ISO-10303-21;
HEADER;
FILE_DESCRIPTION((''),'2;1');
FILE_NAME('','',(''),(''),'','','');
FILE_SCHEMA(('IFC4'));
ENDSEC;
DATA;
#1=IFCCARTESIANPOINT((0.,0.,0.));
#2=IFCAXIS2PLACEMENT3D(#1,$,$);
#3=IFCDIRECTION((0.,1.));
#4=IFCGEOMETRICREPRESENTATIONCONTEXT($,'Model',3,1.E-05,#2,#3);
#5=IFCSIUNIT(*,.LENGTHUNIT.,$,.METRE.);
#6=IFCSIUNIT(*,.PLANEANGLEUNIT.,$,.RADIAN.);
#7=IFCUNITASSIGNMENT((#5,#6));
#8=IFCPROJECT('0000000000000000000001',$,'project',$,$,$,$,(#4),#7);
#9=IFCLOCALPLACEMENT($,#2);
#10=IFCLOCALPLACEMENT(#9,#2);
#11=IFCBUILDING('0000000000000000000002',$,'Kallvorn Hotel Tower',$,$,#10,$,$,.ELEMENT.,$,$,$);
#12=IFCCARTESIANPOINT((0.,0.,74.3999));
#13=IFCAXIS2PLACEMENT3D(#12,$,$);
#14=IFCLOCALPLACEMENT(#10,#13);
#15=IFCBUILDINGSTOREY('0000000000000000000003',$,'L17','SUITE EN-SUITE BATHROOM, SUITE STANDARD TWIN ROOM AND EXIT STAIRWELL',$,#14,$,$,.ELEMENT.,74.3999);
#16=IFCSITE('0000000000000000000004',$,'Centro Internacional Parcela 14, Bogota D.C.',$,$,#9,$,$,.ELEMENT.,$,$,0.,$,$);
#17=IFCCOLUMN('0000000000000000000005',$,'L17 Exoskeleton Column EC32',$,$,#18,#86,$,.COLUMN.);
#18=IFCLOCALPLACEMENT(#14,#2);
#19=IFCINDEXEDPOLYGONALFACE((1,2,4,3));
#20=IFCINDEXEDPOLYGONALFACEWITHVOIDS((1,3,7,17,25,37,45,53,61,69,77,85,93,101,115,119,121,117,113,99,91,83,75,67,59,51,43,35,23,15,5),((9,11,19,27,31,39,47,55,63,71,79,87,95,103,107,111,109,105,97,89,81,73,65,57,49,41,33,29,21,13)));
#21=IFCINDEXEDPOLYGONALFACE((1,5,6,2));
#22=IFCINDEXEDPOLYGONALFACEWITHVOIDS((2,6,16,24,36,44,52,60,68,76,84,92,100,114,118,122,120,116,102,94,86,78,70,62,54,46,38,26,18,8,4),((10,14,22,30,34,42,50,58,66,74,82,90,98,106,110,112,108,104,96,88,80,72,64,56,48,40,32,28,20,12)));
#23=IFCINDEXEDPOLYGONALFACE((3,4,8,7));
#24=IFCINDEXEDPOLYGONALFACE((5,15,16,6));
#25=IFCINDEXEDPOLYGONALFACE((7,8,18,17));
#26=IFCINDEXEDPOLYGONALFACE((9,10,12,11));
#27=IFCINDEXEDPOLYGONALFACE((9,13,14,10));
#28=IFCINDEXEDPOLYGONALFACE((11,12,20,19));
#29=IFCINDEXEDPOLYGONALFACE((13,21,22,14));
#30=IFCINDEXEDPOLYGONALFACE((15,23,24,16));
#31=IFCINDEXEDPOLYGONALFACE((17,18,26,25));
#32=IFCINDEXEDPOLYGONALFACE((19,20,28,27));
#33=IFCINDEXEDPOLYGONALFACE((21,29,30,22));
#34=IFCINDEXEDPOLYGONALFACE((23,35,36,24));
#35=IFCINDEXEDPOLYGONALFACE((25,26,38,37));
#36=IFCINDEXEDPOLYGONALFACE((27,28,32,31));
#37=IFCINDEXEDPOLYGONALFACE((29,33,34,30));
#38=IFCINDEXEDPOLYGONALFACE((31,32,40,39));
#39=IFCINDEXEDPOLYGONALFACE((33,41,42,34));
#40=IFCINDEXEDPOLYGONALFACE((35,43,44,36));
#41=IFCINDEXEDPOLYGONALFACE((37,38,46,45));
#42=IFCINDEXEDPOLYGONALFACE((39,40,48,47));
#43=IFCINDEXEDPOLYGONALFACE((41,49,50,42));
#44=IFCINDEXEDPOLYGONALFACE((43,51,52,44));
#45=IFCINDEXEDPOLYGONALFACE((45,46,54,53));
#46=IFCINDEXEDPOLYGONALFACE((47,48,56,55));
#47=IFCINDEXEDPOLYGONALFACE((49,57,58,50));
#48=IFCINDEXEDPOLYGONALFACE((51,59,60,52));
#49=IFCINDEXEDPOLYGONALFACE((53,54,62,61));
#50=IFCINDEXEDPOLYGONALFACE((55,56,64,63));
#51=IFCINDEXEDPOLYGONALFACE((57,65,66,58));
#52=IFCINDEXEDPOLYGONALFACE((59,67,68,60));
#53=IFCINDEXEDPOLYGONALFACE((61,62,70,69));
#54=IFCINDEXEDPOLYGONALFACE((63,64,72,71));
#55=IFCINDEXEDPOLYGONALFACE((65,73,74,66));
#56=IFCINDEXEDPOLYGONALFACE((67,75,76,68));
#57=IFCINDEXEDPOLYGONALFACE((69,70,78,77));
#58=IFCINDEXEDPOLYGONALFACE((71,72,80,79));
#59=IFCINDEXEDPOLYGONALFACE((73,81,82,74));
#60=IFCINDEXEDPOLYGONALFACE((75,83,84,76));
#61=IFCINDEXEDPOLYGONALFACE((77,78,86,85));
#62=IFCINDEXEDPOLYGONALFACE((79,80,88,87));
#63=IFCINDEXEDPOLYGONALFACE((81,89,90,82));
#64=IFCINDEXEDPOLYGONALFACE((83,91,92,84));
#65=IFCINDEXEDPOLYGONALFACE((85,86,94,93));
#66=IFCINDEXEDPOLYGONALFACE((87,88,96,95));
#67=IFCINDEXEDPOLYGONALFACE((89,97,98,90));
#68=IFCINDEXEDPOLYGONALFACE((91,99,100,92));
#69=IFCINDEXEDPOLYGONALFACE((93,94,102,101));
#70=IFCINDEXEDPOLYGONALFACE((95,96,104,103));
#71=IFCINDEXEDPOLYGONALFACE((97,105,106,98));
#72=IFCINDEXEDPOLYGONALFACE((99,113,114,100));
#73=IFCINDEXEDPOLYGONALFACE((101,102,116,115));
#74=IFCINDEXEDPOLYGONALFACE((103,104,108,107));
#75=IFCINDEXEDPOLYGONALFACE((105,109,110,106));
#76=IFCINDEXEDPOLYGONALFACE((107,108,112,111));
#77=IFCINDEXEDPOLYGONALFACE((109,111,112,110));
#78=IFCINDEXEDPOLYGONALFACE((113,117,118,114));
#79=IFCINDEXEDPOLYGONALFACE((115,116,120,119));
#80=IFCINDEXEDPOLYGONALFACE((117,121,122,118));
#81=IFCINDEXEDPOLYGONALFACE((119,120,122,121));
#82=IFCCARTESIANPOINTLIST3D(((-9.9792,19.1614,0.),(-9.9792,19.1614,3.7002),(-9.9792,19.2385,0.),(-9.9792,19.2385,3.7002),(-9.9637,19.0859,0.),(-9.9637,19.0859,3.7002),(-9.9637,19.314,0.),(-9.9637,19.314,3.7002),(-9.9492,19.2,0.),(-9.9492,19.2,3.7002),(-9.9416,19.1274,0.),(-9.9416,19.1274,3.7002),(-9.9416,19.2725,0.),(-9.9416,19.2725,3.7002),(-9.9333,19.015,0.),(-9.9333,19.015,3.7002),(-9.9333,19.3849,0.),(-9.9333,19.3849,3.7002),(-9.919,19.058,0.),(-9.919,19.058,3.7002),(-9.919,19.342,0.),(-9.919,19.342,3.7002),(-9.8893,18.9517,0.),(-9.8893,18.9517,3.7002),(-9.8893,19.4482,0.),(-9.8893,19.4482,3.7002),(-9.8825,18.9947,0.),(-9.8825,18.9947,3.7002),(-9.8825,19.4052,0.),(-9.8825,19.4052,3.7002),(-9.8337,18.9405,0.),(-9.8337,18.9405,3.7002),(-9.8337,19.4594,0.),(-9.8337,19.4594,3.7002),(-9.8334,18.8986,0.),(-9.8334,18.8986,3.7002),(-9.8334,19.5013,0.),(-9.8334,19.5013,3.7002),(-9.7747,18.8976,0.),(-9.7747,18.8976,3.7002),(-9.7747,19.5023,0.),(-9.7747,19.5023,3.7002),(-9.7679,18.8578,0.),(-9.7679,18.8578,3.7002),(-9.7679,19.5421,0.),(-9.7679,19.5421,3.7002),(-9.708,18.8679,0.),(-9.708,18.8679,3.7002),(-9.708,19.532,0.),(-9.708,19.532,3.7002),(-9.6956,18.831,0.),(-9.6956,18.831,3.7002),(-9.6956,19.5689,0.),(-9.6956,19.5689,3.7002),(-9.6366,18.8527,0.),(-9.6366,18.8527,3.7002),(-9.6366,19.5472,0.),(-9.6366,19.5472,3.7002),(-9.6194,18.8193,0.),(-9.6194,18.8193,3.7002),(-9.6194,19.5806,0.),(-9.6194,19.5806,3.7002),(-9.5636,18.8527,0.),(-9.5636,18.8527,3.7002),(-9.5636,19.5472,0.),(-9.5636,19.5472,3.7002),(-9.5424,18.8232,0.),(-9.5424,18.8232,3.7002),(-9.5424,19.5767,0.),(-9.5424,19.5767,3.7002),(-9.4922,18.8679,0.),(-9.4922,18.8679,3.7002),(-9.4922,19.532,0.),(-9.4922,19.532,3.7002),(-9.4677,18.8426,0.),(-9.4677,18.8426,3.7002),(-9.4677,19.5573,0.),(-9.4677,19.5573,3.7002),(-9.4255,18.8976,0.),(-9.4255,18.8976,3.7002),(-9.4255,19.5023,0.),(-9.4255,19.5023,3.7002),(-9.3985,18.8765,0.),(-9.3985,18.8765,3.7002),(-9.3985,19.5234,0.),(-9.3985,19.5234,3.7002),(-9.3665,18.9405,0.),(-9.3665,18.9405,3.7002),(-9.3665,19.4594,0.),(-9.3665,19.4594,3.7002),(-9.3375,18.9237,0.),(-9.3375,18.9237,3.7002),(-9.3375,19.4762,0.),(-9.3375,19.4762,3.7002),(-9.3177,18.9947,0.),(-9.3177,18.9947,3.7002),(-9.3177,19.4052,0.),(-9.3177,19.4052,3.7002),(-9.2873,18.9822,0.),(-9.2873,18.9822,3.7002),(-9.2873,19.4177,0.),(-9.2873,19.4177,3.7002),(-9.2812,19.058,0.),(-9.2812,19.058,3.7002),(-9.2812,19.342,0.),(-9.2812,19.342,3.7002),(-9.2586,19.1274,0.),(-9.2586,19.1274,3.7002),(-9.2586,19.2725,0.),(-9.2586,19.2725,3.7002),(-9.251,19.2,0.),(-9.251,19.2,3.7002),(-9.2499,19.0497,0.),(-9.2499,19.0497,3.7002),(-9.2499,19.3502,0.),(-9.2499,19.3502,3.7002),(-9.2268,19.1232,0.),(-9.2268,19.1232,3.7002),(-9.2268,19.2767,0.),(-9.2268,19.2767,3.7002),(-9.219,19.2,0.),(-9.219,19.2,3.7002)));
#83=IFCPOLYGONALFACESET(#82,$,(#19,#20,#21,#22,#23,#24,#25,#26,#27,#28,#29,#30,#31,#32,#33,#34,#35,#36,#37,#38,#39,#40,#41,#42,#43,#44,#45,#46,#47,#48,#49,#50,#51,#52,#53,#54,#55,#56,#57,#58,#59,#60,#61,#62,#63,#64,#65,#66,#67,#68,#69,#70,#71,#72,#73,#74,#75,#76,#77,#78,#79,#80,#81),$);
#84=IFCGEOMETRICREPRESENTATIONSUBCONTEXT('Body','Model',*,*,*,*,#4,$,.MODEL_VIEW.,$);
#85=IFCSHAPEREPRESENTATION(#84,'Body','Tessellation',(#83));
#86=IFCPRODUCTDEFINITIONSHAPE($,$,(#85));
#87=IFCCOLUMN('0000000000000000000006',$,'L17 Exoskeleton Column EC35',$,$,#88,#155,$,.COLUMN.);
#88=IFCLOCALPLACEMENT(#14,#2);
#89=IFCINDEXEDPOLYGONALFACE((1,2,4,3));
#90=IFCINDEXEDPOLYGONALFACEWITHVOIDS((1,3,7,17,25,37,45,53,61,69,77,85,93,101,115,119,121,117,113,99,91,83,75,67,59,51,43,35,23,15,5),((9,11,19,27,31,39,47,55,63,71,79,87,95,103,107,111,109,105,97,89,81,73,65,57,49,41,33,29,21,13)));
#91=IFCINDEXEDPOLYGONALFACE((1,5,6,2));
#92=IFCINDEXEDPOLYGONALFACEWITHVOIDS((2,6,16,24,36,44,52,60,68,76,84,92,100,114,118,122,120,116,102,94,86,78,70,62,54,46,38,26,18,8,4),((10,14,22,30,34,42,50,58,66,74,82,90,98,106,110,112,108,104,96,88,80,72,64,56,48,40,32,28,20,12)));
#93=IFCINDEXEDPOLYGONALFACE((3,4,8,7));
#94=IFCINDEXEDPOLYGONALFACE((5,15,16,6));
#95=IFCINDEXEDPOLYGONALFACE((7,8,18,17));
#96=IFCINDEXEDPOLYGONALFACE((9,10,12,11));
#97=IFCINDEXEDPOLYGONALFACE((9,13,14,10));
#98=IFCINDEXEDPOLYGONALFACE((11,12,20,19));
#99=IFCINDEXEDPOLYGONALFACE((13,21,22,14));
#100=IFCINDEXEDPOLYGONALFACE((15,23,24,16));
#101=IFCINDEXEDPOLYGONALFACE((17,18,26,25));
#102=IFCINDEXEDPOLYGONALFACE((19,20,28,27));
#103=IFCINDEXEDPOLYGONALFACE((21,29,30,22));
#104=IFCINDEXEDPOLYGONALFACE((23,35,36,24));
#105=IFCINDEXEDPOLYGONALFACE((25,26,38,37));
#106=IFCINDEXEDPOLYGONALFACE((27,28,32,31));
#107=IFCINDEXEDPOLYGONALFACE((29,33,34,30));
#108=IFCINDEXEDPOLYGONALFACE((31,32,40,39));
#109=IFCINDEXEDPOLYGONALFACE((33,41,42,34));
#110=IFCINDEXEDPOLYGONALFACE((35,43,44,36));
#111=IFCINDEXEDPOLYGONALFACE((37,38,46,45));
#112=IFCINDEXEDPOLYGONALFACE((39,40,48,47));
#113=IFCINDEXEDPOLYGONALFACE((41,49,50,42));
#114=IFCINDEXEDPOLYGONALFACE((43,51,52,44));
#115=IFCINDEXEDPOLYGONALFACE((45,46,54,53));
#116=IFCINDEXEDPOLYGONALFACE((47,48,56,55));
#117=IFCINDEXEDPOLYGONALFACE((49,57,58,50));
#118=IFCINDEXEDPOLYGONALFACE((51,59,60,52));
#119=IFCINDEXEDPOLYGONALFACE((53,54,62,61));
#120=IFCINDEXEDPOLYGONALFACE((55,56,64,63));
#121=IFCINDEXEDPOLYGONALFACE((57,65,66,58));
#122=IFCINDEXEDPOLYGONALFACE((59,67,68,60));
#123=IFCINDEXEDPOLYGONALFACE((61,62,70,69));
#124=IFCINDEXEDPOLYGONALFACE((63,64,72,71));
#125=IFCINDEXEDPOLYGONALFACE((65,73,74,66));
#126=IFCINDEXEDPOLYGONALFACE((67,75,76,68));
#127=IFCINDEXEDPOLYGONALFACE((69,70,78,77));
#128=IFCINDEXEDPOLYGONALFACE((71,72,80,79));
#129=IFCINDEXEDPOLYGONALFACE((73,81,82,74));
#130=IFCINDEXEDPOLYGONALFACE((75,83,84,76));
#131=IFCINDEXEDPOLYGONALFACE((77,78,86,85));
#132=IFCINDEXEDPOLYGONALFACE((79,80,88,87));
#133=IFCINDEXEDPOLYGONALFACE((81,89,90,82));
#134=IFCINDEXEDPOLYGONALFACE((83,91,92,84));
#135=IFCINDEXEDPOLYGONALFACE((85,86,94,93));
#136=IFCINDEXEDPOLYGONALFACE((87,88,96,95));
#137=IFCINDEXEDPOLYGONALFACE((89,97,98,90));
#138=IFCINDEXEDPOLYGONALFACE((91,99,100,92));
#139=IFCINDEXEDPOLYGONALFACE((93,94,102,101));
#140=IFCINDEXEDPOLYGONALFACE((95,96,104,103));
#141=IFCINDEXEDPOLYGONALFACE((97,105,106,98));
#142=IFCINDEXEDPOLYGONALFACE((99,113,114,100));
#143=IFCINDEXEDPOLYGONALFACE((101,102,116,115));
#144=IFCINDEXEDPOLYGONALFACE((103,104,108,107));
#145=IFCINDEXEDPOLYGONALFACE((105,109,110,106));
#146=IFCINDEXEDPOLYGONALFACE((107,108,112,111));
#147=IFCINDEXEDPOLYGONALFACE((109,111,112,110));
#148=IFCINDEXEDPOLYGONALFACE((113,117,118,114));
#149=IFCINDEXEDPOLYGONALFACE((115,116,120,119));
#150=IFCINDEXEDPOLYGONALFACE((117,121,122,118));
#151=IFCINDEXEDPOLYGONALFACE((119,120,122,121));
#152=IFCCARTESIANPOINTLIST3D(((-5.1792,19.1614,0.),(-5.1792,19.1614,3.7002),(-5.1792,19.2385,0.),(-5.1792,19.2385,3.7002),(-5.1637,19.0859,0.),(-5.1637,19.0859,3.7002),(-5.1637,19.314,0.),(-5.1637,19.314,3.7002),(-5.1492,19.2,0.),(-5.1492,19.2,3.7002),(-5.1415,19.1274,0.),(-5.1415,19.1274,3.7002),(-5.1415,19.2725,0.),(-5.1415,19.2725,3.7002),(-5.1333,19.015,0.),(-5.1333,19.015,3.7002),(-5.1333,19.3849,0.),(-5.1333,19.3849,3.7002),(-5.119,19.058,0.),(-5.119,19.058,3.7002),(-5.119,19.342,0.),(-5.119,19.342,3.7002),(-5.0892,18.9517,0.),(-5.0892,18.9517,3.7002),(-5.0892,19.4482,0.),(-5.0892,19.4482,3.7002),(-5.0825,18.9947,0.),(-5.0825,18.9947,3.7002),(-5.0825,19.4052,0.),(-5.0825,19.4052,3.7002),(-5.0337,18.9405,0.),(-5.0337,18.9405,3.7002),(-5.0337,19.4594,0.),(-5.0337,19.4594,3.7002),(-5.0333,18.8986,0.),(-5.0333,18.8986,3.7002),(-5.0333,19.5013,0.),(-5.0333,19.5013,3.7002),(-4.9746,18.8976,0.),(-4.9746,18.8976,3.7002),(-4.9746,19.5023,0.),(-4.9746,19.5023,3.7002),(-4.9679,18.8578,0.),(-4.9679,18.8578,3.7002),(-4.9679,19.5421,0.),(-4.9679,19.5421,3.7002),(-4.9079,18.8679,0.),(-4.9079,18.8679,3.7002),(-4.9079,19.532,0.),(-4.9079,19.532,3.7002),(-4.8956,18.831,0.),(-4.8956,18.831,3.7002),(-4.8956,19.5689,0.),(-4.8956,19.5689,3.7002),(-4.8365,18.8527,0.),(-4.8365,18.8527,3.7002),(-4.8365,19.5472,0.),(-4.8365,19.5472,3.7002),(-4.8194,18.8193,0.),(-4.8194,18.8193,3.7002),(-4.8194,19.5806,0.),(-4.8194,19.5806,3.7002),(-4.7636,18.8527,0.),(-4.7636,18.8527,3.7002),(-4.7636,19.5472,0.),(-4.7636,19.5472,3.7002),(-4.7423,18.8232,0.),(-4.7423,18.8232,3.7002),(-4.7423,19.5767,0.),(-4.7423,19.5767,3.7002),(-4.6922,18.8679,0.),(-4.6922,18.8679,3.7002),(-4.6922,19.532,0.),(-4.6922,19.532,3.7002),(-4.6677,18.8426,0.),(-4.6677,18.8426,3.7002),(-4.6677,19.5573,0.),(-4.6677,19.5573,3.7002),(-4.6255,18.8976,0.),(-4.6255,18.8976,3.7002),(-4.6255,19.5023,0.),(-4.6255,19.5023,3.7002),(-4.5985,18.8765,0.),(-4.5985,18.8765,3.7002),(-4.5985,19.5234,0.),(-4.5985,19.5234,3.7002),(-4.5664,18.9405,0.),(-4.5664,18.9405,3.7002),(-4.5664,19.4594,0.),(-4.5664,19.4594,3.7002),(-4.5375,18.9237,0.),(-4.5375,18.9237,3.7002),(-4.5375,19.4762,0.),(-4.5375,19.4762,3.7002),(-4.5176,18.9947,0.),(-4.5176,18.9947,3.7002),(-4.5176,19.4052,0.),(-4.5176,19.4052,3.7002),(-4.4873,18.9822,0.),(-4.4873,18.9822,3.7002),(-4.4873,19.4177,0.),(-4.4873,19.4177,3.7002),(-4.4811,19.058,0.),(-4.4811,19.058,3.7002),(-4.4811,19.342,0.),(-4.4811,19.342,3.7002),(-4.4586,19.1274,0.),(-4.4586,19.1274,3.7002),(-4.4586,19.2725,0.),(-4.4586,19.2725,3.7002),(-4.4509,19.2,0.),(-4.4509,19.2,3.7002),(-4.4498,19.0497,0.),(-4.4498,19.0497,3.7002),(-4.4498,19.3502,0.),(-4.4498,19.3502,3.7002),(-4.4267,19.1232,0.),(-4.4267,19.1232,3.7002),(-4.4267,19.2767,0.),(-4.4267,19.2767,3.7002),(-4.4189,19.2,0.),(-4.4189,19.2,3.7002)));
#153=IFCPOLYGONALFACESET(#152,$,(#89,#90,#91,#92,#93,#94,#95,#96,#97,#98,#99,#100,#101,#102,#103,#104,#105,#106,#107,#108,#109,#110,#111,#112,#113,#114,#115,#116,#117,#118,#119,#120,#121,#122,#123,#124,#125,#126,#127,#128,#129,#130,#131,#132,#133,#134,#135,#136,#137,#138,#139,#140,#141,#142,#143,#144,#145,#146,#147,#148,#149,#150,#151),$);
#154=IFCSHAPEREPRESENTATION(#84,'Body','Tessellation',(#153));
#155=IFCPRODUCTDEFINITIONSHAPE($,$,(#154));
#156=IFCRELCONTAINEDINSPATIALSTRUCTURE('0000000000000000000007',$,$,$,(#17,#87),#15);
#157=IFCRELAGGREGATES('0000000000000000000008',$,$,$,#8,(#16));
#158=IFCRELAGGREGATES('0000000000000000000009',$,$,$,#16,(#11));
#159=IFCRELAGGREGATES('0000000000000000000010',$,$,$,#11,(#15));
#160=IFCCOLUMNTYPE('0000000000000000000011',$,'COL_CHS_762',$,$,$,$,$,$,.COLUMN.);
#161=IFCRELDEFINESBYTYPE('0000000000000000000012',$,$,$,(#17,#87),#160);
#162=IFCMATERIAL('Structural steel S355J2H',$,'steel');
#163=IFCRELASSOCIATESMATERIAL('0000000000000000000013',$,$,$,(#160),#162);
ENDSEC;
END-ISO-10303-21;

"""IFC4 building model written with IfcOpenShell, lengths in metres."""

from ifc_helpers import new_model, si_unit, direction, frame, origin, origin_2d, place, context, subcontext, project, spatial, hollow_circle, extrude, material, material_profile, profile_set, type_object, element, save


model = new_model("IFC4")

# Units and contexts
model_context = context("Model", 3, precision=1e-05, world=origin(), true_north=direction((0.0, 1.0)))
body_context = subcontext(model_context, "Body", "Model", "MODEL_VIEW")
ifc_project = project(units=[si_unit("LENGTHUNIT", "METRE"), si_unit("PLANEANGLEUNIT", "RADIAN")], contexts=[model_context])

# Site, building, storey
site_placement = place(None, origin())
site = spatial("IfcSite", under=ifc_project, at=site_placement, Name="Centro Internacional Parcela 14, Bogota D.C.", CompositionType="ELEMENT", RefElevation=0.0)
building_placement = place(site_placement, origin())
building = spatial("IfcBuilding", under=site, at=building_placement, Name="Kallvorn Hotel Tower", CompositionType="ELEMENT")
storey_placement = place(building_placement, frame((0.0, 0.0, 74.3999)))
storey = spatial("IfcBuildingStorey", under=building, at=storey_placement, Name="L17", Description="SUITE EN-SUITE BATHROOM, SUITE STANDARD TWIN ROOM AND EXIT STAIRWELL", CompositionType="ELEMENT", Elevation=74.3999)

# Columns
ifc_material_1 = material(Name="Structural steel S355J2H", Category="steel")
ifc_material_profile_1 = material_profile(ifc_material_1, hollow_circle(Radius=0.3811, WallThickness=0.032, at=origin_2d()), Name="CHS 762x32")
ifc_profile_set_1 = profile_set([ifc_material_profile_1], Name="Structural steel S355J2H")
column_type_1 = type_object("IfcColumnType", Name="COL_CHS_762", PredefinedType="COLUMN", material=ifc_profile_set_1)
for number, where, z_axis, x_axis, name in (
    (1, (-9.6001, 19.2, 0.0), (0.0, 0.0, 1.0), (1.0, 0.0, 0.0), "L17 Exoskeleton Column EC32"),
    (2, (-4.8, 19.2, 0.0), (0.0, 0.0, 1.0), (1.0, 0.0, 0.0), "L17 Exoskeleton Column EC35"),
):
    element("IfcColumn", number, at=place(storey_placement, frame(where, z_axis=z_axis, x_axis=x_axis)), inside=storey, type_object=column_type_1, Name=name, PredefinedType="COLUMN", context=body_context, shape_type="SweptSolid", body=[
        extrude(hollow_circle(Radius=0.3811, WallThickness=0.032, at=origin_2d()), origin(), (0.0, 0.0, 1.0), 3.7002),
    ])

save(model, "model.ifc")
